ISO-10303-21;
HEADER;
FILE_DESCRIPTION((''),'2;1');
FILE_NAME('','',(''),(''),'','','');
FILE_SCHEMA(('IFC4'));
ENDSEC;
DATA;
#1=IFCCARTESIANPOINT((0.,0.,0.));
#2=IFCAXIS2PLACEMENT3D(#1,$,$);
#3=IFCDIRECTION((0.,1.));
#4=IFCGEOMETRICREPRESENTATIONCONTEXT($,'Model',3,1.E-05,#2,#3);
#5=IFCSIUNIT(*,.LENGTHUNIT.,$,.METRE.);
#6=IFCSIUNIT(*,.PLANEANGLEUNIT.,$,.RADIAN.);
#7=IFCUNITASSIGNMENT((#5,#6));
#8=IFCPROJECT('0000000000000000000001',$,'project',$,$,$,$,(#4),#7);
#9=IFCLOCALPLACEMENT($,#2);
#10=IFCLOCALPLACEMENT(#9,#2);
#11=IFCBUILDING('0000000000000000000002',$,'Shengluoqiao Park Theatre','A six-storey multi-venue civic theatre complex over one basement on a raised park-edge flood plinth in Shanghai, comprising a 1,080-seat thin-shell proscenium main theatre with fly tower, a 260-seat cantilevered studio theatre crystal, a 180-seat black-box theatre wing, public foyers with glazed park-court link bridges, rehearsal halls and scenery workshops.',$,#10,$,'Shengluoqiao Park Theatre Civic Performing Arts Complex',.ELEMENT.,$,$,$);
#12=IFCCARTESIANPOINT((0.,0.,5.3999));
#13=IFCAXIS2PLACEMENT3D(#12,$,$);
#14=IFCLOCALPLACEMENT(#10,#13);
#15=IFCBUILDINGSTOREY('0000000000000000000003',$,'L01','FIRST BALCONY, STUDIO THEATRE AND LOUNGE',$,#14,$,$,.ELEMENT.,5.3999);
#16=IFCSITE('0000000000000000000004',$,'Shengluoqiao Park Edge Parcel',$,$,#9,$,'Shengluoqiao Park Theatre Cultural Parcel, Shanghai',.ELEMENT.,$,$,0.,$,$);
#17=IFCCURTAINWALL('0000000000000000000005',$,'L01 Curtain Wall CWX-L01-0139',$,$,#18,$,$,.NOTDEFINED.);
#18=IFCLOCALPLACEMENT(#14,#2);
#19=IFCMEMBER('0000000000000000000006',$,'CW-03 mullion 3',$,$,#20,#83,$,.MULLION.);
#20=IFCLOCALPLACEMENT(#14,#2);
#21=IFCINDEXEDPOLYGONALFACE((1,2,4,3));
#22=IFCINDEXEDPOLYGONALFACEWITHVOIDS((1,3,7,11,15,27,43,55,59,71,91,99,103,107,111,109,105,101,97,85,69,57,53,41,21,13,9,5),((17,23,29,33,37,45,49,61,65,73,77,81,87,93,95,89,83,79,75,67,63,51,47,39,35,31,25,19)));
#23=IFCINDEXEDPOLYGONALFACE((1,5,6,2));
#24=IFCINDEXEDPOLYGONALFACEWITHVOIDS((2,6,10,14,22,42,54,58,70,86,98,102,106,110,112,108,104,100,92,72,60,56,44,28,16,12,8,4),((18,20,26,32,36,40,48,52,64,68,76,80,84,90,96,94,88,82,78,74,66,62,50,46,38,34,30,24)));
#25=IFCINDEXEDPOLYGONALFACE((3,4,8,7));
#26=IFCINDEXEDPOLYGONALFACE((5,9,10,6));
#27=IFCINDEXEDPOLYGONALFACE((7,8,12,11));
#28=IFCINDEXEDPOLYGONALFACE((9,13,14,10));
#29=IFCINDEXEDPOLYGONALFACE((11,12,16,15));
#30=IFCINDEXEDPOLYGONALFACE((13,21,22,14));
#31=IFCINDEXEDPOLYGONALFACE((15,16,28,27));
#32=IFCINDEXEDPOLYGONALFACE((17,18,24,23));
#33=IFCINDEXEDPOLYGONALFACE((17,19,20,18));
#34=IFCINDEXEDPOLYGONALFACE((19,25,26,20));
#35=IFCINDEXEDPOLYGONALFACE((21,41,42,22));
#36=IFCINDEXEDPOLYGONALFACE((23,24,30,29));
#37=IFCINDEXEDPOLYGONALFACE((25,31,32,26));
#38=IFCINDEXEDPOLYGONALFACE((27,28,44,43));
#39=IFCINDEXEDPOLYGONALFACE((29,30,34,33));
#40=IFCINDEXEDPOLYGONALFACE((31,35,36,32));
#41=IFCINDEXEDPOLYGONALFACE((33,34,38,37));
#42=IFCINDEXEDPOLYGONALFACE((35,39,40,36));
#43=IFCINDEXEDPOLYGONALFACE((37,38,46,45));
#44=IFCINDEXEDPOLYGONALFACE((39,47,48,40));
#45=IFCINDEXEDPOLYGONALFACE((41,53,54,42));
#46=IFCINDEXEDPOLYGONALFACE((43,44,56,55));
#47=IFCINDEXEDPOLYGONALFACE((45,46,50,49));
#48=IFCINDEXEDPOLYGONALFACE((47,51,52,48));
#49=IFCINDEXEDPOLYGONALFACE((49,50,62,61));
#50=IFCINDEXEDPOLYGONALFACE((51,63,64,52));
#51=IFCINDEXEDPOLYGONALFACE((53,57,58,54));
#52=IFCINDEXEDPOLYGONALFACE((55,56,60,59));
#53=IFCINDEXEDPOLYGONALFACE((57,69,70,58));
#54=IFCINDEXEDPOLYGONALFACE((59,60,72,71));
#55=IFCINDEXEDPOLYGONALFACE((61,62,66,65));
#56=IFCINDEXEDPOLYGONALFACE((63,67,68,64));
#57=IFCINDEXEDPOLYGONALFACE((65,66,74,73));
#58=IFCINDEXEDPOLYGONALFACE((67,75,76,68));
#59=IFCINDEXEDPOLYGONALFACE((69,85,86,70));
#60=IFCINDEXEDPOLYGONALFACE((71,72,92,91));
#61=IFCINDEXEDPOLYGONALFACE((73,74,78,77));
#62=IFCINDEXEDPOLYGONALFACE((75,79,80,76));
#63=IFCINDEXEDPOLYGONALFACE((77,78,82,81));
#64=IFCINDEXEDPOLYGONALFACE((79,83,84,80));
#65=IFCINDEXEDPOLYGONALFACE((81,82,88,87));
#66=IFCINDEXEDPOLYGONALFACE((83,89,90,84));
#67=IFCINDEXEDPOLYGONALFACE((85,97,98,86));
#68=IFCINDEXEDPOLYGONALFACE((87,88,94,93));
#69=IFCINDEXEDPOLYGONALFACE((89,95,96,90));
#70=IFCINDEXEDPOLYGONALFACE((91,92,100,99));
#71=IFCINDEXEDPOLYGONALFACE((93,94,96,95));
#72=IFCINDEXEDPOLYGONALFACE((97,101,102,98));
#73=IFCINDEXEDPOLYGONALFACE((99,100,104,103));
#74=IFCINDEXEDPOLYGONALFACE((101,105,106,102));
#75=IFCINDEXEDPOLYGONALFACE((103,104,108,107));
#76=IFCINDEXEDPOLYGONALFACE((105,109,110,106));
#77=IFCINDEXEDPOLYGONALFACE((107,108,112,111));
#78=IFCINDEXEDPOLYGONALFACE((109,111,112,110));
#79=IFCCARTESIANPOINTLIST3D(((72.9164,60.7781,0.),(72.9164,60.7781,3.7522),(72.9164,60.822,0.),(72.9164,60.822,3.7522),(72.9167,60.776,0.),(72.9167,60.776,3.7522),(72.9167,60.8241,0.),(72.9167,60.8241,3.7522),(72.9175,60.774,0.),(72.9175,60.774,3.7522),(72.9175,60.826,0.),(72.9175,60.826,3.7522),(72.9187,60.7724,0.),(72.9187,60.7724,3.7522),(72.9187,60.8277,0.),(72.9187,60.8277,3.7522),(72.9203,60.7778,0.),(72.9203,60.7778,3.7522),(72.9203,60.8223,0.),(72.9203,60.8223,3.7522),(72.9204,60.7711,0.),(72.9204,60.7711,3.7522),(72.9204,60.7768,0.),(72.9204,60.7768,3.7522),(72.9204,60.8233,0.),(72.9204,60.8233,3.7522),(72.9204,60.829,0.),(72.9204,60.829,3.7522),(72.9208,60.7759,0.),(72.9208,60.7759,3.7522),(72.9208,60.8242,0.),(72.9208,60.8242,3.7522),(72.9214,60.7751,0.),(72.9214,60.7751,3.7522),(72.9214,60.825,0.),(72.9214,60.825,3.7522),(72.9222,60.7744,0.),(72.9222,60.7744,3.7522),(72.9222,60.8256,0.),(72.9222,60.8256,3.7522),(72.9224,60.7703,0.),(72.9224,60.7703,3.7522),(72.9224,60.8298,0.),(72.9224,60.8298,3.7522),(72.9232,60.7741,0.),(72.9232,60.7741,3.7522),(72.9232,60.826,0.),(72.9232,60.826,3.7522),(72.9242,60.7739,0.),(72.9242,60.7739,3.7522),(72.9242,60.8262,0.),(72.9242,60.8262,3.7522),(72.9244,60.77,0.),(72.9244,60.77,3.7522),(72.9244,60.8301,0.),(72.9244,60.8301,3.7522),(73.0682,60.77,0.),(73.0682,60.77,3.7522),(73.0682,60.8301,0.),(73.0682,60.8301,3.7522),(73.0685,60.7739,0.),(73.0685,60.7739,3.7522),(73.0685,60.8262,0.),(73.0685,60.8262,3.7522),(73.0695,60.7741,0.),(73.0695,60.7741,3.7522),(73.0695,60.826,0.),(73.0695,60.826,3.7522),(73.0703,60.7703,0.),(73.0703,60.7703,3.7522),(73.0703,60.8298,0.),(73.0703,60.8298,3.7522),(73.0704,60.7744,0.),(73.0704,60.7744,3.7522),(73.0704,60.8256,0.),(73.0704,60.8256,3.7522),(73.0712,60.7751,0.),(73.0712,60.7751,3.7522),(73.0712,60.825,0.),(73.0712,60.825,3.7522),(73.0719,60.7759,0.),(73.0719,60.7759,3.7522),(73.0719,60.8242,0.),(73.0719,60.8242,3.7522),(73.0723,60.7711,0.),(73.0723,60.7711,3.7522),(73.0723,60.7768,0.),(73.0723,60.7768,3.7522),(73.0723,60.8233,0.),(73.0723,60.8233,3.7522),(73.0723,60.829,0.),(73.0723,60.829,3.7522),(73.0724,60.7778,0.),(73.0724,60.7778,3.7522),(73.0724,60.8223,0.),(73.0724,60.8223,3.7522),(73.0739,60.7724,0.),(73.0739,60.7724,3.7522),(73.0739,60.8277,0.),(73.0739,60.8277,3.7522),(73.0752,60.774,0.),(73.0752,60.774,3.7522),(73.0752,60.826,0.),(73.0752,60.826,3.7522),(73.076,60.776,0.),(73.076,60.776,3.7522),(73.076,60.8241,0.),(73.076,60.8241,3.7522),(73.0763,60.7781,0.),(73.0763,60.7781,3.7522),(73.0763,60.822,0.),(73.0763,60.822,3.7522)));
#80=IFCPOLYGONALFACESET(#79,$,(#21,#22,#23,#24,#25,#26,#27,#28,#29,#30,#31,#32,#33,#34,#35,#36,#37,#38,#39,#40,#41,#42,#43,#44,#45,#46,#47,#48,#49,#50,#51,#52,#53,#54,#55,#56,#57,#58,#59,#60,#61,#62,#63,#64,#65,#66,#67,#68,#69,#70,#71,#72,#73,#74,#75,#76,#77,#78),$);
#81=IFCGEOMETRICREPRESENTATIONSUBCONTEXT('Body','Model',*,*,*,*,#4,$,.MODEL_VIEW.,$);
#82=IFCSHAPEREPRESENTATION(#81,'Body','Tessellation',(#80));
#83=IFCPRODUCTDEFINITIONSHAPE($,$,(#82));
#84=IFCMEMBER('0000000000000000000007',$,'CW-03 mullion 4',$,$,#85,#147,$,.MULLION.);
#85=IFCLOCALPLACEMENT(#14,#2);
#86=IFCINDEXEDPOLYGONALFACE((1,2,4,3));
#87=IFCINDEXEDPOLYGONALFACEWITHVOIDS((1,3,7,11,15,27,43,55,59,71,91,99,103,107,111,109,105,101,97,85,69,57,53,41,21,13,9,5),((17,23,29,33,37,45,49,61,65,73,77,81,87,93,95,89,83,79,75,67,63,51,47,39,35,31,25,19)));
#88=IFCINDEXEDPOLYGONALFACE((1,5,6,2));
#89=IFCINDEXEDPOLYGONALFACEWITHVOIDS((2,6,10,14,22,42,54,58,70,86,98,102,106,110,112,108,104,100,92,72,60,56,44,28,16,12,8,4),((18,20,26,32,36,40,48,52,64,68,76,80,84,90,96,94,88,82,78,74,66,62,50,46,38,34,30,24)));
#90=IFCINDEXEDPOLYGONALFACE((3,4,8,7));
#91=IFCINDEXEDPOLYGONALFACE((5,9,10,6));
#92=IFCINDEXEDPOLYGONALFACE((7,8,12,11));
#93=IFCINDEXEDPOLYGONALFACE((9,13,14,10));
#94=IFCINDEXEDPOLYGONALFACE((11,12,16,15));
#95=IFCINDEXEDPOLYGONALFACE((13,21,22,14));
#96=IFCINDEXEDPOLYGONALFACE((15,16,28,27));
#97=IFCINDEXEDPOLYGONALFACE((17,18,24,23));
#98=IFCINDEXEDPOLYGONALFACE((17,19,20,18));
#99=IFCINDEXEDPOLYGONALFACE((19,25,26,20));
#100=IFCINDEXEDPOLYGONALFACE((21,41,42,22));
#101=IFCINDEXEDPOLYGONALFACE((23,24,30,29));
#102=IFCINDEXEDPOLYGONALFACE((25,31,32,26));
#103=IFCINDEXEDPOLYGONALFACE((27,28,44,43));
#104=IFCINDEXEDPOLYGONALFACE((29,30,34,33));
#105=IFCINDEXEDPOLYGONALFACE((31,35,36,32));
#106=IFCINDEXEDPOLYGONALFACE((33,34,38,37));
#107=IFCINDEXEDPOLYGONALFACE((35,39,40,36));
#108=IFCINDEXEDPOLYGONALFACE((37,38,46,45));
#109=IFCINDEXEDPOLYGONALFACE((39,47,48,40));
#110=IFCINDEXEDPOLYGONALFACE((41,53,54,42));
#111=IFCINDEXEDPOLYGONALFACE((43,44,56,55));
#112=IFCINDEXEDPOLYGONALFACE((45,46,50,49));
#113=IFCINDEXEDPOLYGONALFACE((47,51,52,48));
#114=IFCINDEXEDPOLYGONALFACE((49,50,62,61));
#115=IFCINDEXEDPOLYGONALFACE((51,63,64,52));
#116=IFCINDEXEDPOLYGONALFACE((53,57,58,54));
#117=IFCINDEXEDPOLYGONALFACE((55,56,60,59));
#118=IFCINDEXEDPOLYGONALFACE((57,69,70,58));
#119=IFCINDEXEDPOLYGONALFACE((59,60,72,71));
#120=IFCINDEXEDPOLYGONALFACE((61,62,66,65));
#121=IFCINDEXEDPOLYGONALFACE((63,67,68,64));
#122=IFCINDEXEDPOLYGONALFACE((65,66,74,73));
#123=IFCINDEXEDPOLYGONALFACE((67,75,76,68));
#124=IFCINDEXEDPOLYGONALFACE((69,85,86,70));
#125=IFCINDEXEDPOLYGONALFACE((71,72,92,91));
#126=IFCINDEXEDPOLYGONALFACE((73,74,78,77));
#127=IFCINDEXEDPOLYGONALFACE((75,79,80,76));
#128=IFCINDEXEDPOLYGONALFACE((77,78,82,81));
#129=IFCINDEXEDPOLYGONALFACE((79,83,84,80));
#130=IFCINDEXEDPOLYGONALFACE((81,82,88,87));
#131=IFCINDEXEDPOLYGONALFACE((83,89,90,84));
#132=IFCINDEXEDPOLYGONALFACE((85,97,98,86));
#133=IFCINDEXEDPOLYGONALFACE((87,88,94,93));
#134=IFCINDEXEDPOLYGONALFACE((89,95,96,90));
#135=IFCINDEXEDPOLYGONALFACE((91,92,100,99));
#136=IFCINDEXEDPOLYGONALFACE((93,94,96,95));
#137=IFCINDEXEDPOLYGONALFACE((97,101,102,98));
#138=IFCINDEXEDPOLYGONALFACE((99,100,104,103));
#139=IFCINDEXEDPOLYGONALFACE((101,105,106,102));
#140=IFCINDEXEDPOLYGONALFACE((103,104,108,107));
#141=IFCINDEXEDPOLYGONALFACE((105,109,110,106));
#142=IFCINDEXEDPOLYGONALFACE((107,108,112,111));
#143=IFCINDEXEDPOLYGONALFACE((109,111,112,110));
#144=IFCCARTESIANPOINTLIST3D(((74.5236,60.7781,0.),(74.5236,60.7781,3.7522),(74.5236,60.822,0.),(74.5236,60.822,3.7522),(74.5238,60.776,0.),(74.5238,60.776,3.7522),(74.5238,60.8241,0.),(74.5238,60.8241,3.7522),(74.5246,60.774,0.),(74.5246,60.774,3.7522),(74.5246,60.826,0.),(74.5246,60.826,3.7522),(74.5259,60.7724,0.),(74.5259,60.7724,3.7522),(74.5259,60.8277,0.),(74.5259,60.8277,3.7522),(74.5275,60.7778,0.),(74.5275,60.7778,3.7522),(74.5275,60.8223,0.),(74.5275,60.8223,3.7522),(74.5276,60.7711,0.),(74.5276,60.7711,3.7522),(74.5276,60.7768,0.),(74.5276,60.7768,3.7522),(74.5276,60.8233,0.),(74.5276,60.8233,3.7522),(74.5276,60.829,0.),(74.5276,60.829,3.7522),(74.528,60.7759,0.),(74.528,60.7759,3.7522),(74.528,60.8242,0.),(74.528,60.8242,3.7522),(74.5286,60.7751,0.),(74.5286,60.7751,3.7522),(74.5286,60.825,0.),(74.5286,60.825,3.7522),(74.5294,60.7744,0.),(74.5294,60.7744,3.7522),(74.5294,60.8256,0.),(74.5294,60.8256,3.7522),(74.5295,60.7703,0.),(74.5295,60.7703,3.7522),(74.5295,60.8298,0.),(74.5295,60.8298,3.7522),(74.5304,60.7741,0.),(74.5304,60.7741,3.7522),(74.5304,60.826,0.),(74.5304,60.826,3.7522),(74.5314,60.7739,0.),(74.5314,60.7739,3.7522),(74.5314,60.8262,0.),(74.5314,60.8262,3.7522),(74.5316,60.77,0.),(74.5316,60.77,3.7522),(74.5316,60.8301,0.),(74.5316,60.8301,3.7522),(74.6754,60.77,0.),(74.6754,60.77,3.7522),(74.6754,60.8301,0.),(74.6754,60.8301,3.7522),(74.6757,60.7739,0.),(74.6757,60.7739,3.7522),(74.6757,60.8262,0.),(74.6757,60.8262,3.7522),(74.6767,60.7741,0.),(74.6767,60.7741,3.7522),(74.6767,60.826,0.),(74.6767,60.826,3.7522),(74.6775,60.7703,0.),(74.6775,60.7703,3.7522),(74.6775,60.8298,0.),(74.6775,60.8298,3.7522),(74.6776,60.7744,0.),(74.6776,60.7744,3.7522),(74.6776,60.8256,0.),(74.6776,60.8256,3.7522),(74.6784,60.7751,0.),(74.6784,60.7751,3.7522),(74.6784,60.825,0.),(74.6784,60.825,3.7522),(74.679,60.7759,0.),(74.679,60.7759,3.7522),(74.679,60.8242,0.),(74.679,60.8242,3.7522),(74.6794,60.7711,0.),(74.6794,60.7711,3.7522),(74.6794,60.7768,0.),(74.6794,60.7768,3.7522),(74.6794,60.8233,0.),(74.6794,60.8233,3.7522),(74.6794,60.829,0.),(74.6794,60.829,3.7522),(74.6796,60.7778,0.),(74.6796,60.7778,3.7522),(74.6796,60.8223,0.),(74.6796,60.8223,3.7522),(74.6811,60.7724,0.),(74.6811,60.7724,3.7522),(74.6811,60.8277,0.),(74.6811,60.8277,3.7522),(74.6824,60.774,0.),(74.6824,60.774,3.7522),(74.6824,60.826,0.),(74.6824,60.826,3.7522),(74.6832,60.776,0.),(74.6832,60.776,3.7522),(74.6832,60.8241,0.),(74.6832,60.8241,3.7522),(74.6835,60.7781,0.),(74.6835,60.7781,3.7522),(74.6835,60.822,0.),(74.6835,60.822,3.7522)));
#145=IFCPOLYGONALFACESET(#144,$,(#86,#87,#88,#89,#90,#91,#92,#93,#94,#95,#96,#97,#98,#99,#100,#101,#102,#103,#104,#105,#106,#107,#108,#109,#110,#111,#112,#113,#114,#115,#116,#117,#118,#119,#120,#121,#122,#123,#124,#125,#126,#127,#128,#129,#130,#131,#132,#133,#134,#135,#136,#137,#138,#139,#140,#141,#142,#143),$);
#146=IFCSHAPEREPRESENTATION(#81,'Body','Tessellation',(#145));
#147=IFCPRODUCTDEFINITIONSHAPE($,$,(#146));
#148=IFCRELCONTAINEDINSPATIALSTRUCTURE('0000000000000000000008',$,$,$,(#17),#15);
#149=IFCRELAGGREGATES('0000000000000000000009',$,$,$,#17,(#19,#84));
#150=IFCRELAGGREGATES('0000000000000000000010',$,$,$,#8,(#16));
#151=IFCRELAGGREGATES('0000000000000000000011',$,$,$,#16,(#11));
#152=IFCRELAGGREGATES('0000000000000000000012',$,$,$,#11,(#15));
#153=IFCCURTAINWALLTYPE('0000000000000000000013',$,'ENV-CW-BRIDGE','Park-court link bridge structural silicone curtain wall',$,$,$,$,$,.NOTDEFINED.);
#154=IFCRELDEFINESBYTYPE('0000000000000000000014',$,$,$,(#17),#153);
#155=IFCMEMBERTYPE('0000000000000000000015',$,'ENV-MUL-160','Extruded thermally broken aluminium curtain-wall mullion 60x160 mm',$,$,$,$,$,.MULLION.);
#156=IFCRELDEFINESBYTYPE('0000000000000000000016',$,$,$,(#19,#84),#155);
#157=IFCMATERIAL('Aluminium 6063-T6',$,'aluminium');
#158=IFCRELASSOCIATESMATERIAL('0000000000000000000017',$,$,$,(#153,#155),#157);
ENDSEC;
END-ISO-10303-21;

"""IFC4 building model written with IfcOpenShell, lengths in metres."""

from ifc_helpers import new_model, si_unit, direction, frame, origin, origin_2d, place, context, subcontext, project, spatial, hollow_rectangle, extrude, material, material_profile, profile_set, type_object, element, aggregate, save


model = new_model("IFC4")

# Units and contexts
model_context = context("Model", 3, precision=1e-05, world=origin(), true_north=direction((0.0, 1.0)))
body_context = subcontext(model_context, "Body", "Model", "MODEL_VIEW")
ifc_project = project(units=[si_unit("LENGTHUNIT", "METRE"), si_unit("PLANEANGLEUNIT", "RADIAN")], contexts=[model_context])

# Site, building, storey
site_placement = place(None, origin())
site = spatial("IfcSite", under=ifc_project, at=site_placement, Name="Shengluoqiao Park Edge Parcel", LongName="Shengluoqiao Park Theatre Cultural Parcel, Shanghai", CompositionType="ELEMENT", RefElevation=0.0)
building_placement = place(site_placement, origin())
building = spatial("IfcBuilding", under=site, at=building_placement, Name="Shengluoqiao Park Theatre", Description="A six-storey multi-venue civic theatre complex over one basement on a raised park-edge flood plinth in Shanghai, comprising a 1,080-seat thin-shell proscenium main theatre with fly tower, a 260-seat cantilevered studio theatre crystal, a 180-seat black-box theatre wing, public foyers with glazed park-court link bridges, rehearsal halls and scenery workshops.", LongName="Shengluoqiao Park Theatre Civic Performing Arts Complex", CompositionType="ELEMENT")
storey_placement = place(building_placement, frame((0.0, 0.0, 5.3999)))
storey = spatial("IfcBuildingStorey", under=building, at=storey_placement, Name="L01", Description="FIRST BALCONY, STUDIO THEATRE AND LOUNGE", CompositionType="ELEMENT", Elevation=5.3999)

# Curtain wall, members
ifc_material_1 = material(Name="Aluminium 6063-T6", Category="aluminium")
curtain_wall_type_1 = type_object("IfcCurtainWallType", Name="ENV-CW-BRIDGE", Description="Park-court link bridge structural silicone curtain wall", PredefinedType="NOTDEFINED", material=ifc_material_1)
curtain_wall_1_placement = place(storey_placement, origin())
curtain_wall_1 = element("IfcCurtainWall", 1, at=curtain_wall_1_placement, inside=storey, type_object=curtain_wall_type_1, Name="L01 Curtain Wall CWX-L01-0139", PredefinedType="NOTDEFINED")
ifc_material_profile_1 = material_profile(ifc_material_1, hollow_rectangle(XDim=0.0601, YDim=0.1599, WallThickness=0.0039, InnerFilletRadius=0.0039, OuterFilletRadius=0.0081, at=origin_2d()), Name="ALU MULLION 160x60x4")
ifc_profile_set_1 = profile_set([ifc_material_profile_1], Name="Aluminium 6063-T6")
member_type_1 = type_object("IfcMemberType", Name="ENV-MUL-160", Description="Extruded thermally broken aluminium curtain-wall mullion 60x160 mm", PredefinedType="MULLION", material=ifc_profile_set_1)
member_1_placement = place(storey_placement, frame((72.9963, 60.8, 0.0), z_axis=(0.0, 0.0, 1.0), x_axis=(0.0, 1.0, 0.0)))
member_1 = element("IfcMember", 2, at=member_1_placement, type_object=member_type_1, Name="CW-03 mullion 3", PredefinedType="MULLION", context=body_context, shape_type="SweptSolid", body=[
    extrude(hollow_rectangle(XDim=0.0601, YDim=0.1599, WallThickness=0.0039, InnerFilletRadius=0.0039, OuterFilletRadius=0.0081, at=origin_2d()), origin(), (0.0, 0.0, 1.0), 3.7522),
])
member_2_placement = place(storey_placement, frame((74.6035, 60.8, 0.0), z_axis=(0.0, 0.0, 1.0), x_axis=(0.0, 1.0, 0.0)))
member_2 = element("IfcMember", 3, at=member_2_placement, type_object=member_type_1, Name="CW-03 mullion 4", PredefinedType="MULLION", context=body_context, shape_type="SweptSolid", body=[
    extrude(hollow_rectangle(XDim=0.0601, YDim=0.1599, WallThickness=0.0039, InnerFilletRadius=0.0039, OuterFilletRadius=0.0081, at=origin_2d()), origin(), (0.0, 0.0, 1.0), 3.7522),
])

aggregate(curtain_wall_1, [member_1, member_2])

save(model, "model.ifc")
